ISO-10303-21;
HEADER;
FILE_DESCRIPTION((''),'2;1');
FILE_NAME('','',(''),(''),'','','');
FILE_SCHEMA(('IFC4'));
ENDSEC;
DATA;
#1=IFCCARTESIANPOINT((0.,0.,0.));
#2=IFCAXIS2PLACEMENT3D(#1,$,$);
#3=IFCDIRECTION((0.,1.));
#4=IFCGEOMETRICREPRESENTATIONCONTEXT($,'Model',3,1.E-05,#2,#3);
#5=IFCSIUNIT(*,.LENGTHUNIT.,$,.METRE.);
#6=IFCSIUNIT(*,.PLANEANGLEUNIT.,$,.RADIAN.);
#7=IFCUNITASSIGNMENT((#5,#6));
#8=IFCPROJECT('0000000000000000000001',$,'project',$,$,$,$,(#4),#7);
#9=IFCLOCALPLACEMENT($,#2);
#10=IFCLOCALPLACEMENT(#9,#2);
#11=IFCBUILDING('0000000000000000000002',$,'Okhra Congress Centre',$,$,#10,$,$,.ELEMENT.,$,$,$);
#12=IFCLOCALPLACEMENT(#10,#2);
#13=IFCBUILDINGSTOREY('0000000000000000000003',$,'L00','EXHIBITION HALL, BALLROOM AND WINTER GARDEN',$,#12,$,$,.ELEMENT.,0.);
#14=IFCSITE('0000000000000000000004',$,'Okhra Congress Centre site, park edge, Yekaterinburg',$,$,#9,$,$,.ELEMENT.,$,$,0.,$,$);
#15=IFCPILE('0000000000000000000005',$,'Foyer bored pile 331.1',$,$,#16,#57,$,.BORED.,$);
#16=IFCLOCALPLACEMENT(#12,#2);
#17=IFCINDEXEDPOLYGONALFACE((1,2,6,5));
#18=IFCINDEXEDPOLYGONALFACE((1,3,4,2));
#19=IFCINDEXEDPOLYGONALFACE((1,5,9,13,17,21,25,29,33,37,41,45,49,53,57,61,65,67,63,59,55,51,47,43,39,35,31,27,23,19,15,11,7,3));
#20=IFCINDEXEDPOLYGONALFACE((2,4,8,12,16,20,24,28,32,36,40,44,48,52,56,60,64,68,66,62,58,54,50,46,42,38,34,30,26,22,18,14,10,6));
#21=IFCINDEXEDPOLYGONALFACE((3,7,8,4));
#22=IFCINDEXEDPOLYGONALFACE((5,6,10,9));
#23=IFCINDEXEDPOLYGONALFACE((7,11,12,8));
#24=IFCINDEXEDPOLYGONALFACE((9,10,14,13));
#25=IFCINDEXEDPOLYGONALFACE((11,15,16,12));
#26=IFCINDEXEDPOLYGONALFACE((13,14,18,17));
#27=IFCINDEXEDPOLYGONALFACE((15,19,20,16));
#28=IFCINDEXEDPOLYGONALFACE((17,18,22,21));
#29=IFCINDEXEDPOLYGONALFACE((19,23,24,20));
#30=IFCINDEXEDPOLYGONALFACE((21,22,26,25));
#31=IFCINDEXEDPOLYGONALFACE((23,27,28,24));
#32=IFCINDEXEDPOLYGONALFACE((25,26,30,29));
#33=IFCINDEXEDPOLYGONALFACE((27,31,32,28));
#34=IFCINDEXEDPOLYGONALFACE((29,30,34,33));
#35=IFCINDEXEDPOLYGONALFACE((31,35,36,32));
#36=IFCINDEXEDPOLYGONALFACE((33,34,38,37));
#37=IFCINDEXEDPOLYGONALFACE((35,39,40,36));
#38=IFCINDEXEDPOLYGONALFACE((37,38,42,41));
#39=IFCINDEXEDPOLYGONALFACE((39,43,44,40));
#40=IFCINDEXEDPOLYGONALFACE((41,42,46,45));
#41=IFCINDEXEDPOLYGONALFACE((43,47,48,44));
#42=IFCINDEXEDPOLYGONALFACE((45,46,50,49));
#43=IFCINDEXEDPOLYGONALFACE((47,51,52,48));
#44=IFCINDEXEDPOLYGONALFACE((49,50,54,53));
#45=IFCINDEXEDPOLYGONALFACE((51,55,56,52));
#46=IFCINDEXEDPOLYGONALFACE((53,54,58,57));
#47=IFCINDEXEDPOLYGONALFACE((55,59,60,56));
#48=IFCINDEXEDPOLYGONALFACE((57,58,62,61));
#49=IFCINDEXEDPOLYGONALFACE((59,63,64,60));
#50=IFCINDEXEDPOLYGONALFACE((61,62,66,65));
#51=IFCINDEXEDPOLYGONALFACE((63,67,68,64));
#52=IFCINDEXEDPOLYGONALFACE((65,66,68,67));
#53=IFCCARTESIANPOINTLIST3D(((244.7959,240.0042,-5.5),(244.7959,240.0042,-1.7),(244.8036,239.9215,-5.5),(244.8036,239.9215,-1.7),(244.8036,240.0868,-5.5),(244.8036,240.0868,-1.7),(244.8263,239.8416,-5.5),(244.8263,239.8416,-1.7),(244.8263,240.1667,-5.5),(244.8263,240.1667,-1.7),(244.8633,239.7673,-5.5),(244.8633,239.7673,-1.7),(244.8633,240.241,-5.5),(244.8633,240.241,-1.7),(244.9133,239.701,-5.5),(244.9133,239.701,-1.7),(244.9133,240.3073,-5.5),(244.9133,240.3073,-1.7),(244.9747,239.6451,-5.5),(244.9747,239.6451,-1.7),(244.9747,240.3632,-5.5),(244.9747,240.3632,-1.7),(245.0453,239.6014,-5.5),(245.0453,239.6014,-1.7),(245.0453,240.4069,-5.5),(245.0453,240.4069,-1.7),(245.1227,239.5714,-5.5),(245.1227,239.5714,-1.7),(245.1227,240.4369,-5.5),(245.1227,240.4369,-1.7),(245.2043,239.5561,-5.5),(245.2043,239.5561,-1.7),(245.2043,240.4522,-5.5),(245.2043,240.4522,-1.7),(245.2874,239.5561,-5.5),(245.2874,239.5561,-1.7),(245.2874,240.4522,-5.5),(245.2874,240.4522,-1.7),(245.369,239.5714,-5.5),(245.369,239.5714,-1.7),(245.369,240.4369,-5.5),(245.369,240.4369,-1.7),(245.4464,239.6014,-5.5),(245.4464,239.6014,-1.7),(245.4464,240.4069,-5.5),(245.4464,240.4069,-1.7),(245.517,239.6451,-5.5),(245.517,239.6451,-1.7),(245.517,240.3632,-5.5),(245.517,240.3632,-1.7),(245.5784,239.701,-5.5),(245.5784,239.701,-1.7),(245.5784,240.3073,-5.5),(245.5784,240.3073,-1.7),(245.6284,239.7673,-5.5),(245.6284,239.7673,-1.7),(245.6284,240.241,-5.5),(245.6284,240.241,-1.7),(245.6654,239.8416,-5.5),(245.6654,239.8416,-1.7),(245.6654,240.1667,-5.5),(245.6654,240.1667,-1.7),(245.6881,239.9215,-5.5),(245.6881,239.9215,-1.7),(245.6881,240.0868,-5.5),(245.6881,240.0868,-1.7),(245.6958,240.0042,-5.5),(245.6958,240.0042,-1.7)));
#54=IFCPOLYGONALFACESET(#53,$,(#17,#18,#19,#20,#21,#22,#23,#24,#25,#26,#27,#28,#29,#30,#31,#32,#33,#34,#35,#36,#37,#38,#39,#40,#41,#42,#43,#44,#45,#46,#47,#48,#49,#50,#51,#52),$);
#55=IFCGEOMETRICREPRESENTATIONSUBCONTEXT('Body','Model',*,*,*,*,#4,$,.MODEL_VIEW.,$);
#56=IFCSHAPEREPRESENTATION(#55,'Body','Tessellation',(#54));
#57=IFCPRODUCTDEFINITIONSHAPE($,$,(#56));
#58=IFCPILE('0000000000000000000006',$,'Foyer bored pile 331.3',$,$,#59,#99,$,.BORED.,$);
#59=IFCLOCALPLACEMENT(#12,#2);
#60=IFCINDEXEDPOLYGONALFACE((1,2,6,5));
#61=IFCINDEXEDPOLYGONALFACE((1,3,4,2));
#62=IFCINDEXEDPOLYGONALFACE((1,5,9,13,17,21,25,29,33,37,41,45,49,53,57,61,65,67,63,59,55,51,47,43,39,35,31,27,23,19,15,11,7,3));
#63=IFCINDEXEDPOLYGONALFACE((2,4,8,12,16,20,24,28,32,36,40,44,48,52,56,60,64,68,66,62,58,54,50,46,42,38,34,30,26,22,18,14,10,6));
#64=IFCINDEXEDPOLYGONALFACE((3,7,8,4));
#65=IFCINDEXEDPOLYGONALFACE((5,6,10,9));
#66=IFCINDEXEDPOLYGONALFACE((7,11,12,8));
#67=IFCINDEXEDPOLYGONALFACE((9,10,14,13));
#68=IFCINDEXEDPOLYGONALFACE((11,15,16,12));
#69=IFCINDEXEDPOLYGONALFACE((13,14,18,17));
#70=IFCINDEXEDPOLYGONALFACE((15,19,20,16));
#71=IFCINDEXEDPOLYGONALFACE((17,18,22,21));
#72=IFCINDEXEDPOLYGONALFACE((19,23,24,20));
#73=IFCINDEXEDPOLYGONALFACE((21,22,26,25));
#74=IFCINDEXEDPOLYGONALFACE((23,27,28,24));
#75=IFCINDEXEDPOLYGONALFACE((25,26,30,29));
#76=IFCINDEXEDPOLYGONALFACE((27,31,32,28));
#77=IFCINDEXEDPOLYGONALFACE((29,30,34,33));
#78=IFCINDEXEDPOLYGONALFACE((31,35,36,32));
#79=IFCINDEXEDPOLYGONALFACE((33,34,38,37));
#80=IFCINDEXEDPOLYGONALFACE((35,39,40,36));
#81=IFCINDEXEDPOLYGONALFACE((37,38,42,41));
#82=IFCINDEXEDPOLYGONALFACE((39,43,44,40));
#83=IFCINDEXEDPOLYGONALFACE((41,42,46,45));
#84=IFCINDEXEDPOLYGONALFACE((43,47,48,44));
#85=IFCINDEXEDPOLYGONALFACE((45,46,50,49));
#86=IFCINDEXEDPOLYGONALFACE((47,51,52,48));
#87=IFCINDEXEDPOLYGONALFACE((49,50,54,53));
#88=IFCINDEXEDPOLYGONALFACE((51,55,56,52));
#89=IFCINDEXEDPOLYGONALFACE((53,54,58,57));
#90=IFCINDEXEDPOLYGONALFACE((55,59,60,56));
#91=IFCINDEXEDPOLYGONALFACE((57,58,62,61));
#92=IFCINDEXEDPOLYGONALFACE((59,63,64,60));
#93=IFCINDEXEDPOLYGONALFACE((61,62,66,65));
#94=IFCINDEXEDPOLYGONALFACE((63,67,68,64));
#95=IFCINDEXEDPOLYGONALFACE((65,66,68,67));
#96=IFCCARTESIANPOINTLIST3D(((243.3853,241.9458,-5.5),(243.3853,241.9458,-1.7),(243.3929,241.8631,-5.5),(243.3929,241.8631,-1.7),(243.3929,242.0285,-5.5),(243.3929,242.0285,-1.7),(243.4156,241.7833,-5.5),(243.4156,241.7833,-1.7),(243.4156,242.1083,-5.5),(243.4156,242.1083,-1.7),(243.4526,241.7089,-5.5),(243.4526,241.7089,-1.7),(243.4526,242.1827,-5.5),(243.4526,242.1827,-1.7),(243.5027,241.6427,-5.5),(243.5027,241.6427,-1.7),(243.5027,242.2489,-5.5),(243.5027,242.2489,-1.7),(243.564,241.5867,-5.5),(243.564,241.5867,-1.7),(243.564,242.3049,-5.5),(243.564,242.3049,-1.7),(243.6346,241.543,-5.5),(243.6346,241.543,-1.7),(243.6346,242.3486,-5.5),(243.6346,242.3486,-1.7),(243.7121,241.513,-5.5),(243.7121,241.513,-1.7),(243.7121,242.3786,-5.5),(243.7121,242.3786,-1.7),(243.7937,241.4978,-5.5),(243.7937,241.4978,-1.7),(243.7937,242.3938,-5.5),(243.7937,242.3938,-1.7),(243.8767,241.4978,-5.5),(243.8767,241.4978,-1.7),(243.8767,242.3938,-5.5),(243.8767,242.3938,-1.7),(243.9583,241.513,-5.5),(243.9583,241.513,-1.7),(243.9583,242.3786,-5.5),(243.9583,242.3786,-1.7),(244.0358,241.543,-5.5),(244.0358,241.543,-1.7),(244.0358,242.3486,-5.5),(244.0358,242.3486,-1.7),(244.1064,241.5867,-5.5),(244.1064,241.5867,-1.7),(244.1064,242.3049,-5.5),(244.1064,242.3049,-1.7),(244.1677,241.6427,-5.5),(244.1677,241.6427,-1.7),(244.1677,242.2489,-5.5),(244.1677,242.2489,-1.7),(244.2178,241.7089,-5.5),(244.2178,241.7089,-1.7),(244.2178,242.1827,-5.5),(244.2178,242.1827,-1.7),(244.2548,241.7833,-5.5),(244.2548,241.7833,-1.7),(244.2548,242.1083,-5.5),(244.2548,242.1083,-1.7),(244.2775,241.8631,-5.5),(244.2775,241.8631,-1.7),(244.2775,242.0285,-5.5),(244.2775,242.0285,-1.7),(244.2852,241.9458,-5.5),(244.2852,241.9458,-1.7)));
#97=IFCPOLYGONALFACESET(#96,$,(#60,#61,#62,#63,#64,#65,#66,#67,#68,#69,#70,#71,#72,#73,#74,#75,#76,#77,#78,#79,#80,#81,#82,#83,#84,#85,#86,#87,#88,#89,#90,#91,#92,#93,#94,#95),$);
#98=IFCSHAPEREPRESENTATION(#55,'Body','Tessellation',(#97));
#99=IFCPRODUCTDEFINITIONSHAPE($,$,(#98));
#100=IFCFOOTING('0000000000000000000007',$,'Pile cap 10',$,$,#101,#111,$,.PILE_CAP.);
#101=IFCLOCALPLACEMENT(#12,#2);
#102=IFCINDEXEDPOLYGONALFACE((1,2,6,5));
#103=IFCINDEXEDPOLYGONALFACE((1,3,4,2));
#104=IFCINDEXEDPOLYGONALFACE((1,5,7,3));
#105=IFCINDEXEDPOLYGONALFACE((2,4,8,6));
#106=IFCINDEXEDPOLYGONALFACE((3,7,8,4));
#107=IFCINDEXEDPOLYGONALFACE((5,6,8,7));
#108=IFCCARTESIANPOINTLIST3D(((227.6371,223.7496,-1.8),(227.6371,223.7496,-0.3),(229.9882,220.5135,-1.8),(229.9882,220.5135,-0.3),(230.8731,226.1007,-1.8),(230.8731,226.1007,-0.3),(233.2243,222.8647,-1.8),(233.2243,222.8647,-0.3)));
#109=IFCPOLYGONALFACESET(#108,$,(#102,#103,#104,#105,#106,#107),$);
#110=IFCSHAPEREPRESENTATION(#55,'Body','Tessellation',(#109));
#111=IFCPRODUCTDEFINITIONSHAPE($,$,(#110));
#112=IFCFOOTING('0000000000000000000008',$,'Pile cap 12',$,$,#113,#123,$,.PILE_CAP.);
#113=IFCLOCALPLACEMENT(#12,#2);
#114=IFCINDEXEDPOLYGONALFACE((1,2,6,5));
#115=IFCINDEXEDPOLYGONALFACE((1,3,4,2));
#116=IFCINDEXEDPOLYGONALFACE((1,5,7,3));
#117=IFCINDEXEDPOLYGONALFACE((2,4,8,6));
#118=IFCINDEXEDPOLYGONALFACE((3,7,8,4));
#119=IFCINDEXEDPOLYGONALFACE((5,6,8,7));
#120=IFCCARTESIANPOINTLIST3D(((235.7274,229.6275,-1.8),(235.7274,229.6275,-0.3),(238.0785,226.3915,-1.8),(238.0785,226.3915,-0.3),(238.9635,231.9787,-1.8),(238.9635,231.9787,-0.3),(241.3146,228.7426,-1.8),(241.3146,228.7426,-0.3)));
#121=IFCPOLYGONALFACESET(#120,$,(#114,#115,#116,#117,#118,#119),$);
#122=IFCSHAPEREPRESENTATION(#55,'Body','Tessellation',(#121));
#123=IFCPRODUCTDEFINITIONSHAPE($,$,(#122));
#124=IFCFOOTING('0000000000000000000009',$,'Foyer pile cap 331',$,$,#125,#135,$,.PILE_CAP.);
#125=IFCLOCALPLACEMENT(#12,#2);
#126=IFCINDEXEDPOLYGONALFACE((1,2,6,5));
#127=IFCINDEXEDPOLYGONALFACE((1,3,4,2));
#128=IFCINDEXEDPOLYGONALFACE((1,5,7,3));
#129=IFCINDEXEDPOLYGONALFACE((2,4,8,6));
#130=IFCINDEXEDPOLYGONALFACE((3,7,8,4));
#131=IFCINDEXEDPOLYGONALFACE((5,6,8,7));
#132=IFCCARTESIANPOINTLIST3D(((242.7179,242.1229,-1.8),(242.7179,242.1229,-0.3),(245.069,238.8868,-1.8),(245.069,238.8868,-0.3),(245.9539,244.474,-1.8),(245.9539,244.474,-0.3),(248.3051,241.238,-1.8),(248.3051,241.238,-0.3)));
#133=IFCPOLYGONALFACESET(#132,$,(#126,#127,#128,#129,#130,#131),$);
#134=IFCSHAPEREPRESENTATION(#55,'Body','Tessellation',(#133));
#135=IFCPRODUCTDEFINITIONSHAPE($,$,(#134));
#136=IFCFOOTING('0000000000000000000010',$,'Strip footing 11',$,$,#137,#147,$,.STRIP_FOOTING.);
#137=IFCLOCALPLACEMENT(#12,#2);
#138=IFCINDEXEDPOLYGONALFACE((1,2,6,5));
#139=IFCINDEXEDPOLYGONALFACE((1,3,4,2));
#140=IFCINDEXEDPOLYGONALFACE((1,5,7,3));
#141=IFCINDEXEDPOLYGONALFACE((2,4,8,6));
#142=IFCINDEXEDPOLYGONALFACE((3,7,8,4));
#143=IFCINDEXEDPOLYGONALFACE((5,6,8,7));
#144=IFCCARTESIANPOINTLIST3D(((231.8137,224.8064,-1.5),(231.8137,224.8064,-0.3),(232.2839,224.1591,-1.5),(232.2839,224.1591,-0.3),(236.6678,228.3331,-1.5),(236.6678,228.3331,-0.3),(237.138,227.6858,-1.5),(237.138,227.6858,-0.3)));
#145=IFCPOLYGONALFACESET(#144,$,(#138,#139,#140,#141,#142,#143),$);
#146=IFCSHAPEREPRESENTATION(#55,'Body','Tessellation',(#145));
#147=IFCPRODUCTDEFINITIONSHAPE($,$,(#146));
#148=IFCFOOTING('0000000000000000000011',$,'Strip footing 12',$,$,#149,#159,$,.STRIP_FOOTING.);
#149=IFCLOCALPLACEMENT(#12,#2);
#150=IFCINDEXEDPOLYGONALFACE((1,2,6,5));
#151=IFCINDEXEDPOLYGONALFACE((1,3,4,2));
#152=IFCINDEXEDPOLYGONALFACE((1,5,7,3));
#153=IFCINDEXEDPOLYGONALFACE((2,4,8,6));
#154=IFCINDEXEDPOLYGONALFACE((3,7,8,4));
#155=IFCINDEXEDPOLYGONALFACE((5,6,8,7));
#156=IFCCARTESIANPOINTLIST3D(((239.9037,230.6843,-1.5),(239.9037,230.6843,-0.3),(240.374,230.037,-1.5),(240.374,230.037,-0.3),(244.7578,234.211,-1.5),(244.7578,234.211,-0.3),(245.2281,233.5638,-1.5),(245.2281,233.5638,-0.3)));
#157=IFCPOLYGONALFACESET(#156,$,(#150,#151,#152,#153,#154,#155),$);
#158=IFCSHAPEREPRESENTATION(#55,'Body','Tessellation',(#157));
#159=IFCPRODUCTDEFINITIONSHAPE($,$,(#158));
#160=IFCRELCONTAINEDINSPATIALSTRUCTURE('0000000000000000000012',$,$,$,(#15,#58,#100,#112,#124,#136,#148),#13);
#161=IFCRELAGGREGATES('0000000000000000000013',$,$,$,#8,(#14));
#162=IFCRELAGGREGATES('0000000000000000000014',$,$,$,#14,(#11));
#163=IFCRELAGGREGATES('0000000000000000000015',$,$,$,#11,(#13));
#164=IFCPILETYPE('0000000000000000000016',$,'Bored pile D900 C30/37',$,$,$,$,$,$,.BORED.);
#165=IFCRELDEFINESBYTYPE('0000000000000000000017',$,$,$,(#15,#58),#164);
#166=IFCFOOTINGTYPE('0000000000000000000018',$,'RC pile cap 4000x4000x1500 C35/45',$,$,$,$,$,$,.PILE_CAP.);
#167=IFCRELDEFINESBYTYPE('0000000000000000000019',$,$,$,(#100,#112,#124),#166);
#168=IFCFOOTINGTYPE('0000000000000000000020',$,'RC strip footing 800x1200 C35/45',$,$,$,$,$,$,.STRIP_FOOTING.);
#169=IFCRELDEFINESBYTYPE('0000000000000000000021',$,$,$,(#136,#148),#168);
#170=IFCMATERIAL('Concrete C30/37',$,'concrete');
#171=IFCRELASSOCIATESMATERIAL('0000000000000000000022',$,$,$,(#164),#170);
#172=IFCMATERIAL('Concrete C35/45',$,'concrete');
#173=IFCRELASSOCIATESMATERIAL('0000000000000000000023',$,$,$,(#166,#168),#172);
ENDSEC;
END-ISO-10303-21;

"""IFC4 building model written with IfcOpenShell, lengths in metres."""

from ifc_helpers import new_model, si_unit, direction, frame, origin, origin_2d, place, context, subcontext, project, spatial, rectangle, circle, extrude, material, material_profile, profile_set, type_object, element, save


model = new_model("IFC4")

# Units and contexts
model_context = context("Model", 3, precision=1e-05, world=origin(), true_north=direction((0.0, 1.0)))
body_context = subcontext(model_context, "Body", "Model", "MODEL_VIEW")
ifc_project = project(units=[si_unit("LENGTHUNIT", "METRE"), si_unit("PLANEANGLEUNIT", "RADIAN")], contexts=[model_context])

# Site, building, storey
site_placement = place(None, origin())
site = spatial("IfcSite", under=ifc_project, at=site_placement, Name="Okhra Congress Centre site, park edge, Yekaterinburg", CompositionType="ELEMENT", RefElevation=0.0)
building_placement = place(site_placement, origin())
building = spatial("IfcBuilding", under=site, at=building_placement, Name="Okhra Congress Centre", CompositionType="ELEMENT")
storey_placement = place(building_placement, origin())
storey = spatial("IfcBuildingStorey", under=building, at=storey_placement, Name="L00", Description="EXHIBITION HALL, BALLROOM AND WINTER GARDEN", CompositionType="ELEMENT", Elevation=0.0)

# Piles
ifc_material_1 = material(Name="Concrete C30/37", Category="concrete")
ifc_material_profile_1 = material_profile(ifc_material_1, circle(Radius=0.45, at=origin_2d()), Name="D900")
ifc_profile_set_1 = profile_set([ifc_material_profile_1], Name="Concrete C30/37")
pile_type = type_object("IfcPileType", Name="Bored pile D900 C30/37", PredefinedType="BORED", material=ifc_profile_set_1)
for number, where, z_axis, x_axis, name in (
    (1, (245.2458, 240.0042, -1.7), (0.0, 0.0, -1.0), (1.0, 0.0, 0.0), "Foyer bored pile 331.1"),
    (2, (243.8352, 241.9458, -1.7), (0.0, 0.0, -1.0), (1.0, 0.0, 0.0), "Foyer bored pile 331.3"),
):
    element("IfcPile", number, at=place(storey_placement, frame(where, z_axis=z_axis, x_axis=x_axis)), inside=storey, type_object=pile_type, Name=name, PredefinedType="BORED", context=body_context, shape_type="SweptSolid", body=[
        extrude(circle(Radius=0.45, at=origin_2d()), origin(), (0.0, 0.0, 1.0), 3.8),
    ])

# Footings
ifc_material_2 = material(Name="Concrete C35/45", Category="concrete")
footing_type_1 = type_object("IfcFootingType", Name="RC pile cap 4000x4000x1500 C35/45", PredefinedType="PILE_CAP", material=ifc_material_2)
for number, where, z_axis, x_axis, name in (
    (3, (230.4307, 223.3071, -1.8), (0.0, 0.0, 1.0), (0.809017, 0.587785, 0.0), "Pile cap 10"),
    (4, (238.521, 229.1851, -1.8), (0.0, 0.0, 1.0), (0.809017, 0.587785, 0.0), "Pile cap 12"),
    (5, (245.5115, 241.6804, -1.8), (0.0, 0.0, 1.0), (0.809017, 0.587785, 0.0), "Foyer pile cap 331"),
):
    element("IfcFooting", number, at=place(storey_placement, frame(where, z_axis=z_axis, x_axis=x_axis)), inside=storey, type_object=footing_type_1, Name=name, PredefinedType="PILE_CAP", context=body_context, shape_type="SweptSolid", body=[
        extrude(rectangle(XDim=4.0, YDim=4.0, at=origin_2d()), origin(), (0.0, 0.0, 1.0), 1.5),
    ])
footing_type_2 = type_object("IfcFootingType", Name="RC strip footing 800x1200 C35/45", PredefinedType="STRIP_FOOTING", material=ifc_material_2)
for number, where, z_axis, x_axis, name in (
    (6, (234.4758, 226.2461, -1.5), (0.0, 0.0, 1.0), (0.809017, 0.587785, 0.0), "Strip footing 11"),
    (7, (242.5659, 232.124, -1.5), (0.0, 0.0, 1.0), (0.809017, 0.587785, 0.0), "Strip footing 12"),
):
    element("IfcFooting", number, at=place(storey_placement, frame(where, z_axis=z_axis, x_axis=x_axis)), inside=storey, type_object=footing_type_2, Name=name, PredefinedType="STRIP_FOOTING", context=body_context, shape_type="SweptSolid", body=[
        extrude(rectangle(XDim=6.0, YDim=0.8, at=origin_2d()), origin(), (0.0, 0.0, 1.0), 1.2),
    ])

save(model, "model.ifc")
